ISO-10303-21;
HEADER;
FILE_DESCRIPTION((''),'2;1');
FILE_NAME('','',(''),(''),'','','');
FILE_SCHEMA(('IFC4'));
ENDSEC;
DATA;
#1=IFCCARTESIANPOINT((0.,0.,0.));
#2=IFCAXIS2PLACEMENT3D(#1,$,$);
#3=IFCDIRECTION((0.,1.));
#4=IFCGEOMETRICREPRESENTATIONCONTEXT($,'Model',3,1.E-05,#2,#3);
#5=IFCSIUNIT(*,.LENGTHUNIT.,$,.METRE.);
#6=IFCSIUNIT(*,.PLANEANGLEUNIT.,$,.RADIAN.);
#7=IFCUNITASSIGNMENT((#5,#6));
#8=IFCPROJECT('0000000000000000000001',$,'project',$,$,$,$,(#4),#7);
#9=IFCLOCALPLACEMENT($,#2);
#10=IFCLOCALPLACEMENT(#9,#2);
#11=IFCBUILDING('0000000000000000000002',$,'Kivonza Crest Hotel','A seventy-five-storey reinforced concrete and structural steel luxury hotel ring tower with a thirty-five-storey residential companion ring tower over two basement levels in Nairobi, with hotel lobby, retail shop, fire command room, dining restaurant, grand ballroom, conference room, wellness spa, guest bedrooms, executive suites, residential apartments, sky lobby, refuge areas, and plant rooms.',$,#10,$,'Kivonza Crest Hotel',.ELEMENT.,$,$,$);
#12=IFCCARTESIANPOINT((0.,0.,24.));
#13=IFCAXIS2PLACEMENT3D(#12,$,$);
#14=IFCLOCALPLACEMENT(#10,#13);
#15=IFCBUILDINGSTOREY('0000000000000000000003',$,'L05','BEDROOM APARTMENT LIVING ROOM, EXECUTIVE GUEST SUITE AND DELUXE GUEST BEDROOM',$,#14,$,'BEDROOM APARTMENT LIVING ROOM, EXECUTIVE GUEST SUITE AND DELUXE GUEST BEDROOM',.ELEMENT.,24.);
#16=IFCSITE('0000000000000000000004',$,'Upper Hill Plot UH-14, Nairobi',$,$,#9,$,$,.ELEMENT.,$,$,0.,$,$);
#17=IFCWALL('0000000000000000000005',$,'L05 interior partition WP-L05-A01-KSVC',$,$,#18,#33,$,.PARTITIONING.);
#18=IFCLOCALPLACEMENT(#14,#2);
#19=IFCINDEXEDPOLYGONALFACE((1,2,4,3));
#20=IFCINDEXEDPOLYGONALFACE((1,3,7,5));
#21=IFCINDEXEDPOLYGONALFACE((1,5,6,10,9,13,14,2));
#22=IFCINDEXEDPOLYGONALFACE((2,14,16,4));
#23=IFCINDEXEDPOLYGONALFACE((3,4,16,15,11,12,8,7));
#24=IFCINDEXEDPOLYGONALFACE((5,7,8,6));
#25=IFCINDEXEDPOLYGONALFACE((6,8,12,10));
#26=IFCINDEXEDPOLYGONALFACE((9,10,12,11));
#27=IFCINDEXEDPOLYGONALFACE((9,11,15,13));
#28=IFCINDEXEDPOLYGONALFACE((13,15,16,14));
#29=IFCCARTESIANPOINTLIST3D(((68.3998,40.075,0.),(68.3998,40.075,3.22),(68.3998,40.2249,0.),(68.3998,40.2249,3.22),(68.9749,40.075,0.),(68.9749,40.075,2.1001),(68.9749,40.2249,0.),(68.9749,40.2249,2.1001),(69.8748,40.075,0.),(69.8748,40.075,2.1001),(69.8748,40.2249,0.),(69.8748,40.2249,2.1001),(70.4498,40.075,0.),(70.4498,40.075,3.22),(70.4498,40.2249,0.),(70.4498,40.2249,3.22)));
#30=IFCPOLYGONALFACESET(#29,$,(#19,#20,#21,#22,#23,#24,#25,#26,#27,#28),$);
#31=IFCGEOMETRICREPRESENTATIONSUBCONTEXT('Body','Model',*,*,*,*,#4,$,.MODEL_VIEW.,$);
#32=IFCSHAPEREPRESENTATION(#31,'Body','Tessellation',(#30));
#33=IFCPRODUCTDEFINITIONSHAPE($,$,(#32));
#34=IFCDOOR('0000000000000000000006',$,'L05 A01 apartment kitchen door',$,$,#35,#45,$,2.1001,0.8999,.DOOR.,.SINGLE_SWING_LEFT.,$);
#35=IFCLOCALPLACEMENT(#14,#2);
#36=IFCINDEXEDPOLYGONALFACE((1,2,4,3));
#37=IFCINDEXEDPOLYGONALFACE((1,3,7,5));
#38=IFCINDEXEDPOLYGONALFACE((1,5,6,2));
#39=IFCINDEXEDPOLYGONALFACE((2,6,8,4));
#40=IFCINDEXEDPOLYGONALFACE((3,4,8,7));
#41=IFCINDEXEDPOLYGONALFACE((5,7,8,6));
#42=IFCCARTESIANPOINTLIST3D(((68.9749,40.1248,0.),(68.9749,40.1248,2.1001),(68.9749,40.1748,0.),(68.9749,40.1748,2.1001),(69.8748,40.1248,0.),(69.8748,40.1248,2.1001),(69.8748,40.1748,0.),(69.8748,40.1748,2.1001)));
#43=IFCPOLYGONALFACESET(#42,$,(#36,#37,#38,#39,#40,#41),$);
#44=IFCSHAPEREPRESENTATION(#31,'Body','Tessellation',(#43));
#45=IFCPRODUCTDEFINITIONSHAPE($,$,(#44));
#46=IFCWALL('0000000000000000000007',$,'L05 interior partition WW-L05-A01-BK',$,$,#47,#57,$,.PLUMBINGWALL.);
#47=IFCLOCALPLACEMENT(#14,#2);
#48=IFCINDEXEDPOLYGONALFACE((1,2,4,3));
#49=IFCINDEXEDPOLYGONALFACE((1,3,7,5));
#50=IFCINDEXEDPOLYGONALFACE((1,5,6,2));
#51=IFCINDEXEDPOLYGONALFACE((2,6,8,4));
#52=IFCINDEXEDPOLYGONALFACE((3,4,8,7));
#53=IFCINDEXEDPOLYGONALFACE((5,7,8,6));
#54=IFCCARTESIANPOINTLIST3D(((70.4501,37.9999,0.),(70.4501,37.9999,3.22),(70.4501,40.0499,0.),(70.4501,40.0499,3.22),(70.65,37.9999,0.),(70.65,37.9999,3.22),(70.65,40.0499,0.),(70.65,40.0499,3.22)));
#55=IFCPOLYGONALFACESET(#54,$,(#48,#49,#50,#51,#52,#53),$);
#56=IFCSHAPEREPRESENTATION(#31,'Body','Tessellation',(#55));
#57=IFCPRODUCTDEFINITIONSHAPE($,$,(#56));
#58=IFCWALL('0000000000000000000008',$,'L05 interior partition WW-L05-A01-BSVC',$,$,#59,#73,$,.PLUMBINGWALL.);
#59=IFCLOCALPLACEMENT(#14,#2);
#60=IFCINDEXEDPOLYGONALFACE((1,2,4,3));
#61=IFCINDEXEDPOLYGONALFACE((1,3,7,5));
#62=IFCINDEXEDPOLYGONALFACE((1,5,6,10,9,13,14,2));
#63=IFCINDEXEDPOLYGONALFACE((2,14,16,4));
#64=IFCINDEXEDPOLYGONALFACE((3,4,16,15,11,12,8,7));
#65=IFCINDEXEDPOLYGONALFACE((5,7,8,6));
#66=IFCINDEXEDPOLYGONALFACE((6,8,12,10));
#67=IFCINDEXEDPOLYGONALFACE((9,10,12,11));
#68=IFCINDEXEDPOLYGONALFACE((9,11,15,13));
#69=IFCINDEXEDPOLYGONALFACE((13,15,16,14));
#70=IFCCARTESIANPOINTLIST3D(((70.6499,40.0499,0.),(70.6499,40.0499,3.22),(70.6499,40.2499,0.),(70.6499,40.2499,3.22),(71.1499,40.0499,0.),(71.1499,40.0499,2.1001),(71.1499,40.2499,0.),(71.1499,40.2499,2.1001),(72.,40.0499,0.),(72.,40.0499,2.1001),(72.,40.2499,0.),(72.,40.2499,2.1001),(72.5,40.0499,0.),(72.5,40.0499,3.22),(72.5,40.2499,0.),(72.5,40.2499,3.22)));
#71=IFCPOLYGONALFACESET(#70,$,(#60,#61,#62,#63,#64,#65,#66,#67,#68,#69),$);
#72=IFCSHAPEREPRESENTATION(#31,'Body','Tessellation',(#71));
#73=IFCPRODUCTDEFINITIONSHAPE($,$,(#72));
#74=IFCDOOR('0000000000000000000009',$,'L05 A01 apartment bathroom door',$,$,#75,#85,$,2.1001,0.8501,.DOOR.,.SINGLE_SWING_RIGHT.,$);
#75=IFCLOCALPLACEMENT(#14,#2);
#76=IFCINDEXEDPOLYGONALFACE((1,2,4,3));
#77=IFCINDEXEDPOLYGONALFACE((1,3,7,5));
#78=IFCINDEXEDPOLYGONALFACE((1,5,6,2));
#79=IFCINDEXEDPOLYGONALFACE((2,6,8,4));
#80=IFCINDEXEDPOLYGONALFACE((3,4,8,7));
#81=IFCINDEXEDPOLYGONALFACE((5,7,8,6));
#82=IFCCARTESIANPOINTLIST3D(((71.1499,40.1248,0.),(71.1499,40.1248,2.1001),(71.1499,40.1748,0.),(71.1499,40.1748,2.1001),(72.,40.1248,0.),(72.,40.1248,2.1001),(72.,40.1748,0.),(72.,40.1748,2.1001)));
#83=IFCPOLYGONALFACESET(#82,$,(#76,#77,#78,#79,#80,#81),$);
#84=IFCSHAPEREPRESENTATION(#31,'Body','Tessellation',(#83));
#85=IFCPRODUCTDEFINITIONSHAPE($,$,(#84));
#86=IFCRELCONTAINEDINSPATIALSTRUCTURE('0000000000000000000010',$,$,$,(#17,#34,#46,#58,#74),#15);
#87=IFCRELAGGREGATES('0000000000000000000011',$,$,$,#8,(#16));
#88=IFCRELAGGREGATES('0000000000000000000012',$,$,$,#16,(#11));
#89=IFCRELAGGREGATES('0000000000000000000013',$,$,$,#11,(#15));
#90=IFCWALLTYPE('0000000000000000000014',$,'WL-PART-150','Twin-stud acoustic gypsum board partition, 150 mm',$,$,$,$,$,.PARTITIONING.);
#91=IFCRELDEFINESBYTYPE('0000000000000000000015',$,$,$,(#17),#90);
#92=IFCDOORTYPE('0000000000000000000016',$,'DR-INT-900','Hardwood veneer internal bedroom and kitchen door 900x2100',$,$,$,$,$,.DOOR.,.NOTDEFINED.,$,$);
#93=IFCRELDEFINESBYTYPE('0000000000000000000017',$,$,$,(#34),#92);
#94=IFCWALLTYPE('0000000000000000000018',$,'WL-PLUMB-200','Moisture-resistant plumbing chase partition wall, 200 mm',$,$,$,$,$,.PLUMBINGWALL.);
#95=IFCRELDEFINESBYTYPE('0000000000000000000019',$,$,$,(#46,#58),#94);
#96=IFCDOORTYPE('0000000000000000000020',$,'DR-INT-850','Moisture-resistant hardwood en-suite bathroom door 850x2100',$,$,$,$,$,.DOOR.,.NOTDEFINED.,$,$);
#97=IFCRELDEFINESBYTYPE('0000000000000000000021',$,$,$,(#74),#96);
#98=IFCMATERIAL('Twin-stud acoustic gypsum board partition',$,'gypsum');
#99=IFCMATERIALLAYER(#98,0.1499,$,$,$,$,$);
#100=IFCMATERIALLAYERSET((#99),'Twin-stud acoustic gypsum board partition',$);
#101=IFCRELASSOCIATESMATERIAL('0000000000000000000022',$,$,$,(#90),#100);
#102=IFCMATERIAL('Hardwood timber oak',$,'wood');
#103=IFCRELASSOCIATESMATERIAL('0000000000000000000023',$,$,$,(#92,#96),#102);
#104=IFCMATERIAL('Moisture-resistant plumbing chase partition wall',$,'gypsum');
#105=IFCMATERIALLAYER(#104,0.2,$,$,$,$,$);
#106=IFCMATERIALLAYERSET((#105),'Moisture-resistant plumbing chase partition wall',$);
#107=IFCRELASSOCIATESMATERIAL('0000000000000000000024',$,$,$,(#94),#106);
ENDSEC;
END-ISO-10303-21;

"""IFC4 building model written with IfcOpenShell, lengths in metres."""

from ifc_helpers import new_model, si_unit, direction, frame, frame_2d, origin, place, context, subcontext, project, spatial, rectangle, extrude, material, layer, layer_set, type_object, element, fill, save


model = new_model("IFC4")

# Units and contexts
model_context = context("Model", 3, precision=1e-05, world=origin(), true_north=direction((0.0, 1.0)))
body_context = subcontext(model_context, "Body", "Model", "MODEL_VIEW")
ifc_project = project(units=[si_unit("LENGTHUNIT", "METRE"), si_unit("PLANEANGLEUNIT", "RADIAN")], contexts=[model_context])

# Site, building, storey
site_placement = place(None, origin())
site = spatial("IfcSite", under=ifc_project, at=site_placement, Name="Upper Hill Plot UH-14, Nairobi", CompositionType="ELEMENT", RefElevation=0.0)
building_placement = place(site_placement, origin())
building = spatial("IfcBuilding", under=site, at=building_placement, Name="Kivonza Crest Hotel", Description="A seventy-five-storey reinforced concrete and structural steel luxury hotel ring tower with a thirty-five-storey residential companion ring tower over two basement levels in Nairobi, with hotel lobby, retail shop, fire command room, dining restaurant, grand ballroom, conference room, wellness spa, guest bedrooms, executive suites, residential apartments, sky lobby, refuge areas, and plant rooms.", LongName="Kivonza Crest Hotel", CompositionType="ELEMENT")
storey_placement = place(building_placement, frame((0.0, 0.0, 24.0)))
storey = spatial("IfcBuildingStorey", under=building, at=storey_placement, Name="L05", Description="BEDROOM APARTMENT LIVING ROOM, EXECUTIVE GUEST SUITE AND DELUXE GUEST BEDROOM", LongName="BEDROOM APARTMENT LIVING ROOM, EXECUTIVE GUEST SUITE AND DELUXE GUEST BEDROOM", CompositionType="ELEMENT", Elevation=24.0)

# Shared definitions
ifc_material_1 = material(Name="Hardwood timber oak", Category="wood")

# Shared definitions
ifc_material_2 = material(Name="Twin-stud acoustic gypsum board partition", Category="gypsum")
ifc_layer_1 = layer(ifc_material_2, 0.1499)
ifc_layer_set_1 = layer_set([ifc_layer_1], Name="Twin-stud acoustic gypsum board partition")
wall_type_1 = type_object("IfcWallType", Name="WL-PART-150", Description="Twin-stud acoustic gypsum board partition, 150 mm", PredefinedType="PARTITIONING", material=ifc_layer_set_1)

# Wall, opening, door
wall_1_placement = place(storey_placement, frame((68.3999, 40.1499, 0.0), z_axis=(0.0, 0.0, 1.0), x_axis=(1.0, 0.0, 0.0)))
wall_1 = element("IfcWall", 1, at=wall_1_placement, inside=storey, type_object=wall_type_1, Name="L05 interior partition WP-L05-A01-KSVC", PredefinedType="PARTITIONING", context=body_context, shape_type="SweptSolid", body=[
    extrude(rectangle(XDim=2.05, YDim=0.1499, at=frame_2d((1.0249, 0.0))), origin(), (0.0, 0.0, 1.0), 3.22),
])
opening_1_placement = place(wall_1_placement, frame((0.575, 0.0, 0.0)))
opening_1 = element("IfcOpeningElement", 2, at=opening_1_placement, cuts=wall_1, PredefinedType="OPENING", context=body_context, shape_type="SweptSolid", body=[
    extrude(rectangle(XDim=0.8999, YDim=2.1001, at=frame_2d((0.45, 1.05))), frame((0.0, 0.085, 0.0), z_axis=(0.0, -1.0, 0.0), x_axis=(1.0, 0.0, 0.0)), (0.0, 0.0, 1.0), 0.1699),
])
door_type_1 = type_object("IfcDoorType", Name="DR-INT-900", Description="Hardwood veneer internal bedroom and kitchen door 900x2100", OperationType="NOTDEFINED", PredefinedType="DOOR", material=ifc_material_1)
door_1_placement = place(opening_1_placement, origin())
door_1 = element("IfcDoor", 3, at=door_1_placement, inside=storey, type_object=door_type_1, Name="L05 A01 apartment kitchen door", OperationType="SINGLE_SWING_LEFT", OverallHeight=2.1001, OverallWidth=0.8999, PredefinedType="DOOR", context=body_context, shape_type="SweptSolid", body=[
    extrude(rectangle(XDim=0.8999, YDim=2.1001, at=frame_2d((0.45, 1.05))), frame((0.0, 0.0249, 0.0), z_axis=(0.0, -1.0, 0.0), x_axis=(1.0, 0.0, 0.0)), (0.0, 0.0, 1.0), 0.05),
])
fill(opening_1, door_1)

# Wall
ifc_material_3 = material(Name="Moisture-resistant plumbing chase partition wall", Category="gypsum")
ifc_layer_2 = layer(ifc_material_3, 0.2)
ifc_layer_set_2 = layer_set([ifc_layer_2], Name="Moisture-resistant plumbing chase partition wall")
wall_type_2 = type_object("IfcWallType", Name="WL-PLUMB-200", Description="Moisture-resistant plumbing chase partition wall, 200 mm", PredefinedType="PLUMBINGWALL", material=ifc_layer_set_2)
wall_2_placement = place(storey_placement, frame((70.55, 38.0, 0.0), z_axis=(0.0, 0.0, 1.0), x_axis=(0.0, 1.0, 0.0)))
element("IfcWall", 4, at=wall_2_placement, inside=storey, type_object=wall_type_2, Name="L05 interior partition WW-L05-A01-BK", PredefinedType="PLUMBINGWALL", context=body_context, shape_type="SweptSolid", body=[
    extrude(rectangle(XDim=2.05, YDim=0.2, at=frame_2d((1.0249, 0.0))), origin(), (0.0, 0.0, 1.0), 3.22),
])

# Wall, opening, door
wall_3_placement = place(storey_placement, frame((70.6499, 40.1499, 0.0), z_axis=(0.0, 0.0, 1.0), x_axis=(1.0, 0.0, 0.0)))
wall_3 = element("IfcWall", 5, at=wall_3_placement, inside=storey, type_object=wall_type_2, Name="L05 interior partition WW-L05-A01-BSVC", PredefinedType="PLUMBINGWALL", context=body_context, shape_type="SweptSolid", body=[
    extrude(rectangle(XDim=1.8501, YDim=0.2, at=frame_2d((0.925, 0.0))), origin(), (0.0, 0.0, 1.0), 3.22),
])
opening_2_placement = place(wall_3_placement, frame((0.5, 0.0, 0.0)))
opening_2 = element("IfcOpeningElement", 6, at=opening_2_placement, cuts=wall_3, PredefinedType="OPENING", context=body_context, shape_type="SweptSolid", body=[
    extrude(rectangle(XDim=0.8501, YDim=2.1001, at=frame_2d((0.425, 1.05))), frame((0.0, 0.1099, 0.0), z_axis=(0.0, -1.0, 0.0), x_axis=(1.0, 0.0, 0.0)), (0.0, 0.0, 1.0), 0.22),
])
door_type_2 = type_object("IfcDoorType", Name="DR-INT-850", Description="Moisture-resistant hardwood en-suite bathroom door 850x2100", OperationType="NOTDEFINED", PredefinedType="DOOR", material=ifc_material_1)
door_2_placement = place(opening_2_placement, origin())
door_2 = element("IfcDoor", 7, at=door_2_placement, inside=storey, type_object=door_type_2, Name="L05 A01 apartment bathroom door", OperationType="SINGLE_SWING_RIGHT", OverallHeight=2.1001, OverallWidth=0.8501, PredefinedType="DOOR", context=body_context, shape_type="SweptSolid", body=[
    extrude(rectangle(XDim=0.8501, YDim=2.1001, at=frame_2d((0.425, 1.05))), frame((0.0, 0.0249, 0.0), z_axis=(0.0, -1.0, 0.0), x_axis=(1.0, 0.0, 0.0)), (0.0, 0.0, 1.0), 0.05),
])
fill(opening_2, door_2)

save(model, "model.ifc")
